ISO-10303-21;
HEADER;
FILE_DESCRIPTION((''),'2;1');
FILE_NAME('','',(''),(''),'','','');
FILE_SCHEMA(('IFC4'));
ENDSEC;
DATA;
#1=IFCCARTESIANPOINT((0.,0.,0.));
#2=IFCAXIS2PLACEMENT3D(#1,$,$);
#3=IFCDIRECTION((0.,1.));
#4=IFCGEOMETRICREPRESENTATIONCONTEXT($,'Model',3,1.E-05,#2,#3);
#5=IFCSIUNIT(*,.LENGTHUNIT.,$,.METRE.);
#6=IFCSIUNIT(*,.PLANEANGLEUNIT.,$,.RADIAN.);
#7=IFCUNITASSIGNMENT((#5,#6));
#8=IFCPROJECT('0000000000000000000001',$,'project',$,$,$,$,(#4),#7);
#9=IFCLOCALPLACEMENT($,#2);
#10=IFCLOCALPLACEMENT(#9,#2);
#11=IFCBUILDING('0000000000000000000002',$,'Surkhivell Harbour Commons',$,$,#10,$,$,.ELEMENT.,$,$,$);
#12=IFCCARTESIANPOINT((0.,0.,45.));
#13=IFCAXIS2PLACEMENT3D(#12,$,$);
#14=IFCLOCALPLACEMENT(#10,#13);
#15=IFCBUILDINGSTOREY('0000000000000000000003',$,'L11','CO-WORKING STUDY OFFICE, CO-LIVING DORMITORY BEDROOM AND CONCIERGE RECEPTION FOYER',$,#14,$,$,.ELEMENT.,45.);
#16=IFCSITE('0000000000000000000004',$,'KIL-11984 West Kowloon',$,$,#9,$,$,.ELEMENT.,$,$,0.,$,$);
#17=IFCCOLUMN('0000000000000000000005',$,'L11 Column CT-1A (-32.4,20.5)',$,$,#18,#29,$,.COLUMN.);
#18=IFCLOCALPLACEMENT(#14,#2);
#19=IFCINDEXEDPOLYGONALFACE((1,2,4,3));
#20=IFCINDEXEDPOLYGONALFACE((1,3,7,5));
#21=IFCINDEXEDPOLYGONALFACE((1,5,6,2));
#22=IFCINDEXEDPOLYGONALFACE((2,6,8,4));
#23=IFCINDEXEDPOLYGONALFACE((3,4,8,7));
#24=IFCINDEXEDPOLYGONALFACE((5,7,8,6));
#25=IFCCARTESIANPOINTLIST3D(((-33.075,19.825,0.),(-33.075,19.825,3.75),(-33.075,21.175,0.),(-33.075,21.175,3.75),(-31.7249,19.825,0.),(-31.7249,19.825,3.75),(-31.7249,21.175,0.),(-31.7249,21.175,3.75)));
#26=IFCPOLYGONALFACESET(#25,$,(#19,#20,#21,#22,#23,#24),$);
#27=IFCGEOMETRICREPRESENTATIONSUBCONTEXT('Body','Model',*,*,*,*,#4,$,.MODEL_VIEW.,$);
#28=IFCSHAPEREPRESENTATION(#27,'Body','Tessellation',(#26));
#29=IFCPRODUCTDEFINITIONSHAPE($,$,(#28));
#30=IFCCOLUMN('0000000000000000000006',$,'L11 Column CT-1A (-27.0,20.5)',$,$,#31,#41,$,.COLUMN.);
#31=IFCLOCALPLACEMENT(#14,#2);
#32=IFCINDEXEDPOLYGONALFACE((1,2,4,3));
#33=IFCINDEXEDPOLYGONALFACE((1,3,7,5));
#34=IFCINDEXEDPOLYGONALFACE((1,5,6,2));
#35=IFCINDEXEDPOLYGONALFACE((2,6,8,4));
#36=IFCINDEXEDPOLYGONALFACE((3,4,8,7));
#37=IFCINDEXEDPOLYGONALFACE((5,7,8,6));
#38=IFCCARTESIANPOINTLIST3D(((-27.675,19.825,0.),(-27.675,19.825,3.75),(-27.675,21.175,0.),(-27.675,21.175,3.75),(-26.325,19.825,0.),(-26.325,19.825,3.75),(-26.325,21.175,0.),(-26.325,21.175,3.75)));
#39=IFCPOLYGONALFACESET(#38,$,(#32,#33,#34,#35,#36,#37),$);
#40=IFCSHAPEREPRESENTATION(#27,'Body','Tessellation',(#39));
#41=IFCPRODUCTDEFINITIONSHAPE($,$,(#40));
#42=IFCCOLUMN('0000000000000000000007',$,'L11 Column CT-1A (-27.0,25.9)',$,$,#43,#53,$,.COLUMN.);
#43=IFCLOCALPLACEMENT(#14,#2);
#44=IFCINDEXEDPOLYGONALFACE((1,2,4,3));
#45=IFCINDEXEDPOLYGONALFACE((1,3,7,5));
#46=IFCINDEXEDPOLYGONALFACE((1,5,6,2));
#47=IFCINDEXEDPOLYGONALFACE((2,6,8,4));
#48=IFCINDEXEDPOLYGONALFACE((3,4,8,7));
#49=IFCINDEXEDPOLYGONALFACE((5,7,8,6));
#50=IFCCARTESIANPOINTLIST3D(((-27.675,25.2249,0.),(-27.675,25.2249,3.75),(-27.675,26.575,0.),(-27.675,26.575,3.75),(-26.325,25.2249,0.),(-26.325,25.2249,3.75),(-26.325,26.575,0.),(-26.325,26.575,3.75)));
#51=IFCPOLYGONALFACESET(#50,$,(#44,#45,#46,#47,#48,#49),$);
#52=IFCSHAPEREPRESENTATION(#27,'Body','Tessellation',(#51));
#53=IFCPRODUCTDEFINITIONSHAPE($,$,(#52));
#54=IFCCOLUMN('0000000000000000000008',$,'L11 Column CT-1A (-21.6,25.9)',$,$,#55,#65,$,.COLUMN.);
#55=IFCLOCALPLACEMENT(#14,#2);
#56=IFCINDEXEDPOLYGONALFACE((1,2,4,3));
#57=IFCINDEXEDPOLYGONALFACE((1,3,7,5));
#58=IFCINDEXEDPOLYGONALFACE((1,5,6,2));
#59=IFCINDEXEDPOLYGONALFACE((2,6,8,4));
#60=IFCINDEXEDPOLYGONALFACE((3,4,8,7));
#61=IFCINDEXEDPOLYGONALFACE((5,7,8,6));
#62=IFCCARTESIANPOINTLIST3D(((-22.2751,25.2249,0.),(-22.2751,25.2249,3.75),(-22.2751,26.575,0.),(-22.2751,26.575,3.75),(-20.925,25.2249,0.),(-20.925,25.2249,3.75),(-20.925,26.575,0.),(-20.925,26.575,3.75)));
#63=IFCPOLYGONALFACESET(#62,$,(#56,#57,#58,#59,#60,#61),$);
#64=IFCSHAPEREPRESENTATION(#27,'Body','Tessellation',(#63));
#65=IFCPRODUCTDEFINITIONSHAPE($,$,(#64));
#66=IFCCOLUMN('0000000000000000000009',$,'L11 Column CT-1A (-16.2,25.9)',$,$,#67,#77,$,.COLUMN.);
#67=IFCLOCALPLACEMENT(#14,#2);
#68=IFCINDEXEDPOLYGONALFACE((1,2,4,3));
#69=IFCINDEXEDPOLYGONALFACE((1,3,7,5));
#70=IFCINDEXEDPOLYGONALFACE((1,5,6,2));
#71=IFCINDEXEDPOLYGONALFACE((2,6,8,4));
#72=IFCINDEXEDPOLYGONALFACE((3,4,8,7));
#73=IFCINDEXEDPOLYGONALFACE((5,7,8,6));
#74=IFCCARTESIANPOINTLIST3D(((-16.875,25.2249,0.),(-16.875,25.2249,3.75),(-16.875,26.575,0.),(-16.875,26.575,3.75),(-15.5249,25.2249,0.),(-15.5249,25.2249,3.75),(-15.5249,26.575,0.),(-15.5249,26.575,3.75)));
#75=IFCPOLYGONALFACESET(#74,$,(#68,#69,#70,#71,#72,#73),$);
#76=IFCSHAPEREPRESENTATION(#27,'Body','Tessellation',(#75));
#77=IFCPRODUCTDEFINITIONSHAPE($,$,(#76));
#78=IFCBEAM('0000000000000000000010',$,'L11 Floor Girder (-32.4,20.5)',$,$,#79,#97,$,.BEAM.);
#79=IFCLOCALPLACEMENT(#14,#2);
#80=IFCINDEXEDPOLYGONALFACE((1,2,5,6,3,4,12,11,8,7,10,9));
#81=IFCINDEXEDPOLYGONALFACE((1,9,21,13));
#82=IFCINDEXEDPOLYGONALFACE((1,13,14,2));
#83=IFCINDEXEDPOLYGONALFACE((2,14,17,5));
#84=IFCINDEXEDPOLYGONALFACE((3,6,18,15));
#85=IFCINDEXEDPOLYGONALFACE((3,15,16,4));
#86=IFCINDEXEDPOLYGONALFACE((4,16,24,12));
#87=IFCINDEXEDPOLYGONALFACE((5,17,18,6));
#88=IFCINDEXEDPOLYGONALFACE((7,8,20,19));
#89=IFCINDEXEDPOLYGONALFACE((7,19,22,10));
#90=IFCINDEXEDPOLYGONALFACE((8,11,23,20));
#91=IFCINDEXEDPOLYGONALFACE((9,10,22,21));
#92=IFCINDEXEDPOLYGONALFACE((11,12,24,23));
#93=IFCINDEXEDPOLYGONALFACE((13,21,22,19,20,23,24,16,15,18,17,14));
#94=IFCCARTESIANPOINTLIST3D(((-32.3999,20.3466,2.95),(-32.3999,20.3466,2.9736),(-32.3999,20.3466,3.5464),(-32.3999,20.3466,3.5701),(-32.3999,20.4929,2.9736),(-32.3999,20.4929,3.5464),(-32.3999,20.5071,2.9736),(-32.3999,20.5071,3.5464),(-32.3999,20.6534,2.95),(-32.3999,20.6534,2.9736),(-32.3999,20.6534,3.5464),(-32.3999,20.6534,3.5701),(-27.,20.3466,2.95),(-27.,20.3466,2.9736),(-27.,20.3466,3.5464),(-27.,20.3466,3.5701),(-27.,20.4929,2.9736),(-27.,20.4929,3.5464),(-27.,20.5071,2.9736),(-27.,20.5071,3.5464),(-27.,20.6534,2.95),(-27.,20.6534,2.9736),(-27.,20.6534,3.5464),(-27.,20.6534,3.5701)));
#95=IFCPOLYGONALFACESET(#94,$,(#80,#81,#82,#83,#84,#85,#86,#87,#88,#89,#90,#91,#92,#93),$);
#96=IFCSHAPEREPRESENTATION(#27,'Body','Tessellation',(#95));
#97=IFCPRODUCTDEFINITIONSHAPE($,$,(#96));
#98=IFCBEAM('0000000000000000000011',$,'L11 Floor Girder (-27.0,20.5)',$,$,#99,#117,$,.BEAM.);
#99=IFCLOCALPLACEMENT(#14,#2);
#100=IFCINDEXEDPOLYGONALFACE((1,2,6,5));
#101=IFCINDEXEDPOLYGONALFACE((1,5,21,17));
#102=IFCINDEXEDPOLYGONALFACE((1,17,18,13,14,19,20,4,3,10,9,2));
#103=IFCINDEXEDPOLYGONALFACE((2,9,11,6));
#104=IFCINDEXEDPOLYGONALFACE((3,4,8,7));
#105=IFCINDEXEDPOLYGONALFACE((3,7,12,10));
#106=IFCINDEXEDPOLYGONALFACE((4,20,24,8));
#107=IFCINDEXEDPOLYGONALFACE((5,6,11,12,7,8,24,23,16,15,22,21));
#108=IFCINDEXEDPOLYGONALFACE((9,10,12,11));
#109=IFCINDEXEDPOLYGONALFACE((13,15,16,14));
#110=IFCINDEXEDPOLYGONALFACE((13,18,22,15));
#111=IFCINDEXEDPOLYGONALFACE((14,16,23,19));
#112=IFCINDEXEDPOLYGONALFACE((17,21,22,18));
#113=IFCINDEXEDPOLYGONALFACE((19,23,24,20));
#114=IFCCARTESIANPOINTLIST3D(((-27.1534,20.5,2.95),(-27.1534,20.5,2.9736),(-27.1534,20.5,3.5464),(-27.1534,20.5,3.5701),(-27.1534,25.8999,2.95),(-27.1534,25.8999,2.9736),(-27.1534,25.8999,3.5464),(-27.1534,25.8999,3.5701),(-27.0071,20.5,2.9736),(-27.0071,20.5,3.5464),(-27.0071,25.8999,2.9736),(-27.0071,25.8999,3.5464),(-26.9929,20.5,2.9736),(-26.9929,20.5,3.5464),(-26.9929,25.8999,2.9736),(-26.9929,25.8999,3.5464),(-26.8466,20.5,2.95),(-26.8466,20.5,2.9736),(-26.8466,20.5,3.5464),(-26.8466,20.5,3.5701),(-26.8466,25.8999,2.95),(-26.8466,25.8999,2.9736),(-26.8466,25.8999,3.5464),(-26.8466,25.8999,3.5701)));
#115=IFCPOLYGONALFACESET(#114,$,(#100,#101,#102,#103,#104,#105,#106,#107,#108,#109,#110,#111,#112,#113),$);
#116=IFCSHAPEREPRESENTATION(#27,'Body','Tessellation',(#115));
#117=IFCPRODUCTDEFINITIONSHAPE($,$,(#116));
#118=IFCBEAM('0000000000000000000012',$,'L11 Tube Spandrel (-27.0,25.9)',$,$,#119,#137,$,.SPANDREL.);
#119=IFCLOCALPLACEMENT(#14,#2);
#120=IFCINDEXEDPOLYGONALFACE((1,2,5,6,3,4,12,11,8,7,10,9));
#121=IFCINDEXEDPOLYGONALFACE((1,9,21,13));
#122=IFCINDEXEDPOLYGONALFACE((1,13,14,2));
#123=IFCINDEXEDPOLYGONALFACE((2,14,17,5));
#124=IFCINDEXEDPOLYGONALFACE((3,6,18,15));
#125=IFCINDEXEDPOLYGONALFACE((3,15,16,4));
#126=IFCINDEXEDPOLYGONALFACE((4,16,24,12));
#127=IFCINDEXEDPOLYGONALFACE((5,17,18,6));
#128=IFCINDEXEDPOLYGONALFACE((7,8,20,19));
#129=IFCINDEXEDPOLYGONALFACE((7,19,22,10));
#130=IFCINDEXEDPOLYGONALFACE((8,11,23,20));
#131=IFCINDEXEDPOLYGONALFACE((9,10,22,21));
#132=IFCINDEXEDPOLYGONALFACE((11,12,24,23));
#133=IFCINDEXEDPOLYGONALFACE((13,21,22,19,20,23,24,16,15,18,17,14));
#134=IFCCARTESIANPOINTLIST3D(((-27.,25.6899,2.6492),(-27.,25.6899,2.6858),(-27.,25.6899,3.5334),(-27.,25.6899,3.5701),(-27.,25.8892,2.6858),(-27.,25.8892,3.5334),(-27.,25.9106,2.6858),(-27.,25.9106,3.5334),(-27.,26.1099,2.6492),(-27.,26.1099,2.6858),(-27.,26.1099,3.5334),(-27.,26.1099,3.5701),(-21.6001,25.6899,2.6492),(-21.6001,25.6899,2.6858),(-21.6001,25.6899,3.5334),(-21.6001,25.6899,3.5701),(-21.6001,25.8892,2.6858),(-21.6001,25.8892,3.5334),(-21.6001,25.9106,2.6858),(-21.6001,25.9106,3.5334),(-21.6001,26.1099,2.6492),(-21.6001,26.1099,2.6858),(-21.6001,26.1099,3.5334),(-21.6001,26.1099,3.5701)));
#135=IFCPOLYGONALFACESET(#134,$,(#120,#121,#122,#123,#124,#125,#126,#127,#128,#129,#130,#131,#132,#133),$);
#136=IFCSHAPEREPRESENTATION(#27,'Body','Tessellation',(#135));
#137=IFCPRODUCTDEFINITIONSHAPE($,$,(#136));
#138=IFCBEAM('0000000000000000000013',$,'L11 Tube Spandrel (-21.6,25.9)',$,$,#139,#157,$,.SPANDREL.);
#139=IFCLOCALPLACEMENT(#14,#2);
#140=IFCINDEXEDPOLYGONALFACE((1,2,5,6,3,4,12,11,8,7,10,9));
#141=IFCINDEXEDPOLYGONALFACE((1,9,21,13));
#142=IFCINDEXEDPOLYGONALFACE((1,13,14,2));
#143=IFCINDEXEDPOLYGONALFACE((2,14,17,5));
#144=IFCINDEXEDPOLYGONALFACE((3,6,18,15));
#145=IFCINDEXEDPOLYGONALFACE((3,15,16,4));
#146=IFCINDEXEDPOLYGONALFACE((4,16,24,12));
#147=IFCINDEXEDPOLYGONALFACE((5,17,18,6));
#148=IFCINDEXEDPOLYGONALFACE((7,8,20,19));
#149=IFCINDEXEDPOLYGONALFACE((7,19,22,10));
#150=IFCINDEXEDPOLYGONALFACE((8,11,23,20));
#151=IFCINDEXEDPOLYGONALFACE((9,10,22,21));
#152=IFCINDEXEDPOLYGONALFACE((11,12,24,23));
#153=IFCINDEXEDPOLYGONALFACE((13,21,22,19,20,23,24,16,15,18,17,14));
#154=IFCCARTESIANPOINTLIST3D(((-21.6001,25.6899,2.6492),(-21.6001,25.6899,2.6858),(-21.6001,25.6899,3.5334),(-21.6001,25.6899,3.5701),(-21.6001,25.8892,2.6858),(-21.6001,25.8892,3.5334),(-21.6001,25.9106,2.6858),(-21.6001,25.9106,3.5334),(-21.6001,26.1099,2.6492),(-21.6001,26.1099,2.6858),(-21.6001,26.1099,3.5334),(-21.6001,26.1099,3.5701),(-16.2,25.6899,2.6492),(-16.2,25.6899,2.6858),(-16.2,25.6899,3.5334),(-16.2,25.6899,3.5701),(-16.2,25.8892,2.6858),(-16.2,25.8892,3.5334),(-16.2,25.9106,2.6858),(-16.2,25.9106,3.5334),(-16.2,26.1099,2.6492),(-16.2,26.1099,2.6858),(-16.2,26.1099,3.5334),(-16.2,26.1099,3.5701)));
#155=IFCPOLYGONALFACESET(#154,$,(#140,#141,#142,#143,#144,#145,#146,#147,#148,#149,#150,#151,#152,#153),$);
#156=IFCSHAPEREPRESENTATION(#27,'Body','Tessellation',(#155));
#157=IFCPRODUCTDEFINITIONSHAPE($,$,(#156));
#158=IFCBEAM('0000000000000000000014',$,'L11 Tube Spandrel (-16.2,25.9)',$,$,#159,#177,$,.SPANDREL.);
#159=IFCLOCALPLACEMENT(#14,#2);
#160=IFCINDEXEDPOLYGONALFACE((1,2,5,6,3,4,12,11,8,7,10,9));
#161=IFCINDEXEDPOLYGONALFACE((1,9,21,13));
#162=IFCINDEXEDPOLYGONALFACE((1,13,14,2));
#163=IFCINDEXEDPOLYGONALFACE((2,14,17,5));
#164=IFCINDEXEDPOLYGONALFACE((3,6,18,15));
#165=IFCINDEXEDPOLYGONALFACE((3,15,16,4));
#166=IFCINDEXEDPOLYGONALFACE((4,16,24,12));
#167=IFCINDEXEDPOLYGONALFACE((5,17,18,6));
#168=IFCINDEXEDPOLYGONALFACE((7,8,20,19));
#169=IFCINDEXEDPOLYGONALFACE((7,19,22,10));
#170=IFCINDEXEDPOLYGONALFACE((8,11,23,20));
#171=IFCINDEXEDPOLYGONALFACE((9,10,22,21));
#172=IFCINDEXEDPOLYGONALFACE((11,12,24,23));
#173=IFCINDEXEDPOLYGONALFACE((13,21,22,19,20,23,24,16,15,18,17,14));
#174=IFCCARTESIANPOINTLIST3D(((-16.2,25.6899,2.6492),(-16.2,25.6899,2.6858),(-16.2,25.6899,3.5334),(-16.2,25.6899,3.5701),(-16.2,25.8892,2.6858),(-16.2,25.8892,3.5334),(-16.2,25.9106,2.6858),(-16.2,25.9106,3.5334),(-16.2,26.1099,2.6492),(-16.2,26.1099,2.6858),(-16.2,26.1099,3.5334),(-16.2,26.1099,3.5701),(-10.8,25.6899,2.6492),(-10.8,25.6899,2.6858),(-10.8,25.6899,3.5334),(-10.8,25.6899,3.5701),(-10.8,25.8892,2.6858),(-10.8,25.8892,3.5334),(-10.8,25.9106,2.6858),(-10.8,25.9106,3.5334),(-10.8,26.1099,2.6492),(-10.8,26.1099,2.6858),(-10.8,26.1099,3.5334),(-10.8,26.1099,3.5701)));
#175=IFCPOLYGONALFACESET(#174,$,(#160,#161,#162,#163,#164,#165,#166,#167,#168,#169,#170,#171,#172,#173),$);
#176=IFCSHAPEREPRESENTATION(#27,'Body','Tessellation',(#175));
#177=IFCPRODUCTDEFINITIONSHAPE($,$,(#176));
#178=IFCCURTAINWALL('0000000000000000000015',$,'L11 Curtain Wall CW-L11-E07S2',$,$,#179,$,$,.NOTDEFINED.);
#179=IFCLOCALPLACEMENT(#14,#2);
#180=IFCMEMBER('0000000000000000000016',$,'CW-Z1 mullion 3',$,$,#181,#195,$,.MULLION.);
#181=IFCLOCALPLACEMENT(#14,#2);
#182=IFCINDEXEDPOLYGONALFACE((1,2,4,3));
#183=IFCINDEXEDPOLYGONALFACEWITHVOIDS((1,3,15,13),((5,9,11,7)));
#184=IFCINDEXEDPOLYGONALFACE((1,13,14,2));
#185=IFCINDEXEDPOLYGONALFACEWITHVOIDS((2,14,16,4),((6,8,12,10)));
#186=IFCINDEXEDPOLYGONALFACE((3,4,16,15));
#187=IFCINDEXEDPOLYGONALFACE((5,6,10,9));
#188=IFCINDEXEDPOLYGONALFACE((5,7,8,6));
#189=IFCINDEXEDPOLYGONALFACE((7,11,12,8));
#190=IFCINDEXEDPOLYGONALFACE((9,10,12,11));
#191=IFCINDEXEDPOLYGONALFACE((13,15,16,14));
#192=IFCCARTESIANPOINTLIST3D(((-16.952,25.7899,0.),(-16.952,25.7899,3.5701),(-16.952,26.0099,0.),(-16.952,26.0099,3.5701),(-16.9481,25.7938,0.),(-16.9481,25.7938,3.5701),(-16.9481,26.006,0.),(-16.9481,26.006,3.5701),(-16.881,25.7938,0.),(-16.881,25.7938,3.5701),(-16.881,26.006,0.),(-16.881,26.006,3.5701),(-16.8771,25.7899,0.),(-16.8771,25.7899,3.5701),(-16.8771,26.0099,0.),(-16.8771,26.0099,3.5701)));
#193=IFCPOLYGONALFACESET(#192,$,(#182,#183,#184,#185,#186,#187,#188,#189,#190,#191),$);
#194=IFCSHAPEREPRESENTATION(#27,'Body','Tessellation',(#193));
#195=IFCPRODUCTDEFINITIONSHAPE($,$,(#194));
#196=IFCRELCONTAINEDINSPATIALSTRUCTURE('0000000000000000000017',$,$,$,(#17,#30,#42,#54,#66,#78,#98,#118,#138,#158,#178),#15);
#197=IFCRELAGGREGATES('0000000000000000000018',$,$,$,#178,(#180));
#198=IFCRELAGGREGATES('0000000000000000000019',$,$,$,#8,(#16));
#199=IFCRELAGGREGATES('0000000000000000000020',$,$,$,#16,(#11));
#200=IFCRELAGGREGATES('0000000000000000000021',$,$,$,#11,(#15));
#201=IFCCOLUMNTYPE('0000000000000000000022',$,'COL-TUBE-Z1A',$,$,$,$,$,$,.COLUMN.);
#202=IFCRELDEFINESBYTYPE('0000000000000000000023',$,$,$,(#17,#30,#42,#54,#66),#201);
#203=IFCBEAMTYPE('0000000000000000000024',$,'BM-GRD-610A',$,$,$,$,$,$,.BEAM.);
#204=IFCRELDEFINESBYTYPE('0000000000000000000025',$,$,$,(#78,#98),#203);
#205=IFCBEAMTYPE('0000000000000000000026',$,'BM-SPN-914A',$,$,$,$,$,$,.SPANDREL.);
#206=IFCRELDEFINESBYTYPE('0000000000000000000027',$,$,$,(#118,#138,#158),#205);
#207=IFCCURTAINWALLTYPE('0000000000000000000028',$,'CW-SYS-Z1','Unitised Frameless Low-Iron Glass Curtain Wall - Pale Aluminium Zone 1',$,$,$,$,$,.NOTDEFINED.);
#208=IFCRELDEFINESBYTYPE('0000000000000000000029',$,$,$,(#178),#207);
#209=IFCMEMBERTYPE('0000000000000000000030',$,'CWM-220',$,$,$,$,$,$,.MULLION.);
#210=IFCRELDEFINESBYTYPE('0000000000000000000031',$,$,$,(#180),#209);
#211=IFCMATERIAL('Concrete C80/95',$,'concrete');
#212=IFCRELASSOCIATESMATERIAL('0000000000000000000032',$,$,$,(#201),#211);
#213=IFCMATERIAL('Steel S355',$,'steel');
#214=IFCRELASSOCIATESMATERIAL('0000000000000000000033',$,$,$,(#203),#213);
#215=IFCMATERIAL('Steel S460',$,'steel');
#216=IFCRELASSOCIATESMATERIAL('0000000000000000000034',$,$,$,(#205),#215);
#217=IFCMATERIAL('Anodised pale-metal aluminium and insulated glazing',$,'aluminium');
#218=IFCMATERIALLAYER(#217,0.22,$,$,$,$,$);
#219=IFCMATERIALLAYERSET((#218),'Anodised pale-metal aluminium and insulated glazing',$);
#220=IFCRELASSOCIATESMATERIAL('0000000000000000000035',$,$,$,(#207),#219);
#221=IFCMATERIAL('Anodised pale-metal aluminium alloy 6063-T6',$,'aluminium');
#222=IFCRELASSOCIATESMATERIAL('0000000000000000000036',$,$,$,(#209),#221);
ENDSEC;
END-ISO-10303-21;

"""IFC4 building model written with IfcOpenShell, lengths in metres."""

from ifc_helpers import new_model, si_unit, direction, frame, origin, origin_2d, place, context, subcontext, project, spatial, rectangle, hollow_rectangle, i_section, extrude, material, layer, layer_set, material_profile, profile_set, type_object, element, aggregate, save


model = new_model("IFC4")

# Units and contexts
model_context = context("Model", 3, precision=1e-05, world=origin(), true_north=direction((0.0, 1.0)))
body_context = subcontext(model_context, "Body", "Model", "MODEL_VIEW")
ifc_project = project(units=[si_unit("LENGTHUNIT", "METRE"), si_unit("PLANEANGLEUNIT", "RADIAN")], contexts=[model_context])

# Site, building, storey
site_placement = place(None, origin())
site = spatial("IfcSite", under=ifc_project, at=site_placement, Name="KIL-11984 West Kowloon", CompositionType="ELEMENT", RefElevation=0.0)
building_placement = place(site_placement, origin())
building = spatial("IfcBuilding", under=site, at=building_placement, Name="Surkhivell Harbour Commons", CompositionType="ELEMENT")
storey_placement = place(building_placement, frame((0.0, 0.0, 45.0)))
storey = spatial("IfcBuildingStorey", under=building, at=storey_placement, Name="L11", Description="CO-WORKING STUDY OFFICE, CO-LIVING DORMITORY BEDROOM AND CONCIERGE RECEPTION FOYER", CompositionType="ELEMENT", Elevation=45.0)

# Columns
ifc_material_1 = material(Name="Concrete C80/95", Category="concrete")
ifc_material_profile_1 = material_profile(ifc_material_1, rectangle(XDim=1.3501, YDim=1.3501, at=origin_2d()), Name="RC-COL-1350x1350")
ifc_profile_set_1 = profile_set([ifc_material_profile_1], Name="Concrete C80/95")
column_type = type_object("IfcColumnType", Name="COL-TUBE-Z1A", PredefinedType="COLUMN", material=ifc_profile_set_1)
for number, where, z_axis, x_axis, name in (
    (1, (-32.3999, 20.5, 0.0), (0.0, 0.0, 1.0), (1.0, 0.0, 0.0), "L11 Column CT-1A (-32.4,20.5)"),
    (2, (-27.0, 20.5, 0.0), (0.0, 0.0, 1.0), (1.0, 0.0, 0.0), "L11 Column CT-1A (-27.0,20.5)"),
    (3, (-27.0, 25.8999, 0.0), (0.0, 0.0, 1.0), (1.0, 0.0, 0.0), "L11 Column CT-1A (-27.0,25.9)"),
    (4, (-21.6001, 25.8999, 0.0), (0.0, 0.0, 1.0), (1.0, 0.0, 0.0), "L11 Column CT-1A (-21.6,25.9)"),
    (5, (-16.2, 25.8999, 0.0), (0.0, 0.0, 1.0), (1.0, 0.0, 0.0), "L11 Column CT-1A (-16.2,25.9)"),
):
    element("IfcColumn", number, at=place(storey_placement, frame(where, z_axis=z_axis, x_axis=x_axis)), inside=storey, type_object=column_type, Name=name, PredefinedType="COLUMN", context=body_context, shape_type="SweptSolid", body=[
        extrude(rectangle(XDim=1.3501, YDim=1.3501, at=origin_2d()), origin(), (0.0, 0.0, 1.0), 3.75),
    ])

# Beams
ifc_material_2 = material(Name="Steel S355", Category="steel")
ifc_material_profile_2 = material_profile(ifc_material_2, i_section(OverallWidth=0.3069, OverallDepth=0.6201, WebThickness=0.0142, FlangeThickness=0.0237, at=origin_2d()), Name="UB610x305x179")
ifc_profile_set_2 = profile_set([ifc_material_profile_2], Name="Steel S355")
beam_type_1 = type_object("IfcBeamType", Name="BM-GRD-610A", PredefinedType="BEAM", material=ifc_profile_set_2)
for number, where, z_axis, x_axis, name in (
    (6, (-32.3999, 20.5, 3.26), (1.0, 0.0, 0.0), (0.0, 1.0, 0.0), "L11 Floor Girder (-32.4,20.5)"),
    (7, (-27.0, 20.5, 3.26), (0.0, 1.0, 0.0), (-1.0, 0.0, 0.0), "L11 Floor Girder (-27.0,20.5)"),
):
    element("IfcBeam", number, at=place(storey_placement, frame(where, z_axis=z_axis, x_axis=x_axis)), inside=storey, type_object=beam_type_1, Name=name, PredefinedType="BEAM", context=body_context, shape_type="SweptSolid", body=[
        extrude(i_section(OverallWidth=0.3069, OverallDepth=0.6201, WebThickness=0.0142, FlangeThickness=0.0237, at=origin_2d()), origin(), (0.0, 0.0, 1.0), 5.3999),
    ])
ifc_material_3 = material(Name="Steel S460", Category="steel")
ifc_material_profile_3 = material_profile(ifc_material_3, i_section(OverallWidth=0.4199, OverallDepth=0.9209, WebThickness=0.0215, FlangeThickness=0.0366, at=origin_2d()), Name="UB914x419x388")
ifc_profile_set_3 = profile_set([ifc_material_profile_3], Name="Steel S460")
beam_type_2 = type_object("IfcBeamType", Name="BM-SPN-914A", PredefinedType="SPANDREL", material=ifc_profile_set_3)
beam_1_placement = place(storey_placement, frame((-27.0, 25.8999, 3.1096), z_axis=(1.0, 0.0, 0.0), x_axis=(0.0, 1.0, 0.0)))
element("IfcBeam", 8, at=beam_1_placement, inside=storey, type_object=beam_type_2, Name="L11 Tube Spandrel (-27.0,25.9)", PredefinedType="SPANDREL", context=body_context, shape_type="SweptSolid", body=[
    extrude(i_section(OverallWidth=0.4199, OverallDepth=0.9209, WebThickness=0.0215, FlangeThickness=0.0366, at=origin_2d()), origin(), (0.0, 0.0, 1.0), 5.3999),
])
beam_2_placement = place(storey_placement, frame((-21.6001, 25.8999, 3.1096), z_axis=(1.0, 0.0, 0.0), x_axis=(0.0, 1.0, 0.0)))
element("IfcBeam", 9, at=beam_2_placement, inside=storey, type_object=beam_type_2, Name="L11 Tube Spandrel (-21.6,25.9)", PredefinedType="SPANDREL", context=body_context, shape_type="SweptSolid", body=[
    extrude(i_section(OverallWidth=0.4199, OverallDepth=0.9209, WebThickness=0.0215, FlangeThickness=0.0366, at=origin_2d()), origin(), (0.0, 0.0, 1.0), 5.4001),
])
beam_3_placement = place(storey_placement, frame((-16.2, 25.8999, 3.1096), z_axis=(1.0, 0.0, 0.0), x_axis=(0.0, 1.0, 0.0)))
element("IfcBeam", 10, at=beam_3_placement, inside=storey, type_object=beam_type_2, Name="L11 Tube Spandrel (-16.2,25.9)", PredefinedType="SPANDREL", context=body_context, shape_type="SweptSolid", body=[
    extrude(i_section(OverallWidth=0.4199, OverallDepth=0.9209, WebThickness=0.0215, FlangeThickness=0.0366, at=origin_2d()), origin(), (0.0, 0.0, 1.0), 5.3999),
])

# Curtain wall, member
ifc_material_4 = material(Name="Anodised pale-metal aluminium and insulated glazing", Category="aluminium")
ifc_layer_1 = layer(ifc_material_4, 0.22)
ifc_layer_set_1 = layer_set([ifc_layer_1], Name="Anodised pale-metal aluminium and insulated glazing")
curtain_wall_type = type_object("IfcCurtainWallType", Name="CW-SYS-Z1", Description="Unitised Frameless Low-Iron Glass Curtain Wall - Pale Aluminium Zone 1", PredefinedType="NOTDEFINED", material=ifc_layer_set_1)
curtain_wall_1_placement = place(storey_placement, origin())
curtain_wall_1 = element("IfcCurtainWall", 11, at=curtain_wall_1_placement, inside=storey, type_object=curtain_wall_type, Name="L11 Curtain Wall CW-L11-E07S2", PredefinedType="NOTDEFINED")
ifc_material_5 = material(Name="Anodised pale-metal aluminium alloy 6063-T6", Category="aluminium")
ifc_material_profile_4 = material_profile(ifc_material_5, hollow_rectangle(XDim=0.075, YDim=0.22, WallThickness=0.0039, at=origin_2d()), Name="ALU-MULL-75x220")
ifc_profile_set_4 = profile_set([ifc_material_profile_4], Name="Anodised pale-metal aluminium alloy 6063-T6")
member_type_1 = type_object("IfcMemberType", Name="CWM-220", PredefinedType="MULLION", material=ifc_profile_set_4)
member_1_placement = place(storey_placement, frame((-16.9146, 25.8999, 0.0), z_axis=(0.0, 0.0, 1.0), x_axis=(-1.0, 0.0, 0.0)))
member_1 = element("IfcMember", 12, at=member_1_placement, type_object=member_type_1, Name="CW-Z1 mullion 3", PredefinedType="MULLION", context=body_context, shape_type="SweptSolid", body=[
    extrude(hollow_rectangle(XDim=0.075, YDim=0.22, WallThickness=0.0039, at=origin_2d()), origin(), (0.0, 0.0, 1.0), 3.5701),
])

aggregate(curtain_wall_1, [member_1])

save(model, "model.ifc")
